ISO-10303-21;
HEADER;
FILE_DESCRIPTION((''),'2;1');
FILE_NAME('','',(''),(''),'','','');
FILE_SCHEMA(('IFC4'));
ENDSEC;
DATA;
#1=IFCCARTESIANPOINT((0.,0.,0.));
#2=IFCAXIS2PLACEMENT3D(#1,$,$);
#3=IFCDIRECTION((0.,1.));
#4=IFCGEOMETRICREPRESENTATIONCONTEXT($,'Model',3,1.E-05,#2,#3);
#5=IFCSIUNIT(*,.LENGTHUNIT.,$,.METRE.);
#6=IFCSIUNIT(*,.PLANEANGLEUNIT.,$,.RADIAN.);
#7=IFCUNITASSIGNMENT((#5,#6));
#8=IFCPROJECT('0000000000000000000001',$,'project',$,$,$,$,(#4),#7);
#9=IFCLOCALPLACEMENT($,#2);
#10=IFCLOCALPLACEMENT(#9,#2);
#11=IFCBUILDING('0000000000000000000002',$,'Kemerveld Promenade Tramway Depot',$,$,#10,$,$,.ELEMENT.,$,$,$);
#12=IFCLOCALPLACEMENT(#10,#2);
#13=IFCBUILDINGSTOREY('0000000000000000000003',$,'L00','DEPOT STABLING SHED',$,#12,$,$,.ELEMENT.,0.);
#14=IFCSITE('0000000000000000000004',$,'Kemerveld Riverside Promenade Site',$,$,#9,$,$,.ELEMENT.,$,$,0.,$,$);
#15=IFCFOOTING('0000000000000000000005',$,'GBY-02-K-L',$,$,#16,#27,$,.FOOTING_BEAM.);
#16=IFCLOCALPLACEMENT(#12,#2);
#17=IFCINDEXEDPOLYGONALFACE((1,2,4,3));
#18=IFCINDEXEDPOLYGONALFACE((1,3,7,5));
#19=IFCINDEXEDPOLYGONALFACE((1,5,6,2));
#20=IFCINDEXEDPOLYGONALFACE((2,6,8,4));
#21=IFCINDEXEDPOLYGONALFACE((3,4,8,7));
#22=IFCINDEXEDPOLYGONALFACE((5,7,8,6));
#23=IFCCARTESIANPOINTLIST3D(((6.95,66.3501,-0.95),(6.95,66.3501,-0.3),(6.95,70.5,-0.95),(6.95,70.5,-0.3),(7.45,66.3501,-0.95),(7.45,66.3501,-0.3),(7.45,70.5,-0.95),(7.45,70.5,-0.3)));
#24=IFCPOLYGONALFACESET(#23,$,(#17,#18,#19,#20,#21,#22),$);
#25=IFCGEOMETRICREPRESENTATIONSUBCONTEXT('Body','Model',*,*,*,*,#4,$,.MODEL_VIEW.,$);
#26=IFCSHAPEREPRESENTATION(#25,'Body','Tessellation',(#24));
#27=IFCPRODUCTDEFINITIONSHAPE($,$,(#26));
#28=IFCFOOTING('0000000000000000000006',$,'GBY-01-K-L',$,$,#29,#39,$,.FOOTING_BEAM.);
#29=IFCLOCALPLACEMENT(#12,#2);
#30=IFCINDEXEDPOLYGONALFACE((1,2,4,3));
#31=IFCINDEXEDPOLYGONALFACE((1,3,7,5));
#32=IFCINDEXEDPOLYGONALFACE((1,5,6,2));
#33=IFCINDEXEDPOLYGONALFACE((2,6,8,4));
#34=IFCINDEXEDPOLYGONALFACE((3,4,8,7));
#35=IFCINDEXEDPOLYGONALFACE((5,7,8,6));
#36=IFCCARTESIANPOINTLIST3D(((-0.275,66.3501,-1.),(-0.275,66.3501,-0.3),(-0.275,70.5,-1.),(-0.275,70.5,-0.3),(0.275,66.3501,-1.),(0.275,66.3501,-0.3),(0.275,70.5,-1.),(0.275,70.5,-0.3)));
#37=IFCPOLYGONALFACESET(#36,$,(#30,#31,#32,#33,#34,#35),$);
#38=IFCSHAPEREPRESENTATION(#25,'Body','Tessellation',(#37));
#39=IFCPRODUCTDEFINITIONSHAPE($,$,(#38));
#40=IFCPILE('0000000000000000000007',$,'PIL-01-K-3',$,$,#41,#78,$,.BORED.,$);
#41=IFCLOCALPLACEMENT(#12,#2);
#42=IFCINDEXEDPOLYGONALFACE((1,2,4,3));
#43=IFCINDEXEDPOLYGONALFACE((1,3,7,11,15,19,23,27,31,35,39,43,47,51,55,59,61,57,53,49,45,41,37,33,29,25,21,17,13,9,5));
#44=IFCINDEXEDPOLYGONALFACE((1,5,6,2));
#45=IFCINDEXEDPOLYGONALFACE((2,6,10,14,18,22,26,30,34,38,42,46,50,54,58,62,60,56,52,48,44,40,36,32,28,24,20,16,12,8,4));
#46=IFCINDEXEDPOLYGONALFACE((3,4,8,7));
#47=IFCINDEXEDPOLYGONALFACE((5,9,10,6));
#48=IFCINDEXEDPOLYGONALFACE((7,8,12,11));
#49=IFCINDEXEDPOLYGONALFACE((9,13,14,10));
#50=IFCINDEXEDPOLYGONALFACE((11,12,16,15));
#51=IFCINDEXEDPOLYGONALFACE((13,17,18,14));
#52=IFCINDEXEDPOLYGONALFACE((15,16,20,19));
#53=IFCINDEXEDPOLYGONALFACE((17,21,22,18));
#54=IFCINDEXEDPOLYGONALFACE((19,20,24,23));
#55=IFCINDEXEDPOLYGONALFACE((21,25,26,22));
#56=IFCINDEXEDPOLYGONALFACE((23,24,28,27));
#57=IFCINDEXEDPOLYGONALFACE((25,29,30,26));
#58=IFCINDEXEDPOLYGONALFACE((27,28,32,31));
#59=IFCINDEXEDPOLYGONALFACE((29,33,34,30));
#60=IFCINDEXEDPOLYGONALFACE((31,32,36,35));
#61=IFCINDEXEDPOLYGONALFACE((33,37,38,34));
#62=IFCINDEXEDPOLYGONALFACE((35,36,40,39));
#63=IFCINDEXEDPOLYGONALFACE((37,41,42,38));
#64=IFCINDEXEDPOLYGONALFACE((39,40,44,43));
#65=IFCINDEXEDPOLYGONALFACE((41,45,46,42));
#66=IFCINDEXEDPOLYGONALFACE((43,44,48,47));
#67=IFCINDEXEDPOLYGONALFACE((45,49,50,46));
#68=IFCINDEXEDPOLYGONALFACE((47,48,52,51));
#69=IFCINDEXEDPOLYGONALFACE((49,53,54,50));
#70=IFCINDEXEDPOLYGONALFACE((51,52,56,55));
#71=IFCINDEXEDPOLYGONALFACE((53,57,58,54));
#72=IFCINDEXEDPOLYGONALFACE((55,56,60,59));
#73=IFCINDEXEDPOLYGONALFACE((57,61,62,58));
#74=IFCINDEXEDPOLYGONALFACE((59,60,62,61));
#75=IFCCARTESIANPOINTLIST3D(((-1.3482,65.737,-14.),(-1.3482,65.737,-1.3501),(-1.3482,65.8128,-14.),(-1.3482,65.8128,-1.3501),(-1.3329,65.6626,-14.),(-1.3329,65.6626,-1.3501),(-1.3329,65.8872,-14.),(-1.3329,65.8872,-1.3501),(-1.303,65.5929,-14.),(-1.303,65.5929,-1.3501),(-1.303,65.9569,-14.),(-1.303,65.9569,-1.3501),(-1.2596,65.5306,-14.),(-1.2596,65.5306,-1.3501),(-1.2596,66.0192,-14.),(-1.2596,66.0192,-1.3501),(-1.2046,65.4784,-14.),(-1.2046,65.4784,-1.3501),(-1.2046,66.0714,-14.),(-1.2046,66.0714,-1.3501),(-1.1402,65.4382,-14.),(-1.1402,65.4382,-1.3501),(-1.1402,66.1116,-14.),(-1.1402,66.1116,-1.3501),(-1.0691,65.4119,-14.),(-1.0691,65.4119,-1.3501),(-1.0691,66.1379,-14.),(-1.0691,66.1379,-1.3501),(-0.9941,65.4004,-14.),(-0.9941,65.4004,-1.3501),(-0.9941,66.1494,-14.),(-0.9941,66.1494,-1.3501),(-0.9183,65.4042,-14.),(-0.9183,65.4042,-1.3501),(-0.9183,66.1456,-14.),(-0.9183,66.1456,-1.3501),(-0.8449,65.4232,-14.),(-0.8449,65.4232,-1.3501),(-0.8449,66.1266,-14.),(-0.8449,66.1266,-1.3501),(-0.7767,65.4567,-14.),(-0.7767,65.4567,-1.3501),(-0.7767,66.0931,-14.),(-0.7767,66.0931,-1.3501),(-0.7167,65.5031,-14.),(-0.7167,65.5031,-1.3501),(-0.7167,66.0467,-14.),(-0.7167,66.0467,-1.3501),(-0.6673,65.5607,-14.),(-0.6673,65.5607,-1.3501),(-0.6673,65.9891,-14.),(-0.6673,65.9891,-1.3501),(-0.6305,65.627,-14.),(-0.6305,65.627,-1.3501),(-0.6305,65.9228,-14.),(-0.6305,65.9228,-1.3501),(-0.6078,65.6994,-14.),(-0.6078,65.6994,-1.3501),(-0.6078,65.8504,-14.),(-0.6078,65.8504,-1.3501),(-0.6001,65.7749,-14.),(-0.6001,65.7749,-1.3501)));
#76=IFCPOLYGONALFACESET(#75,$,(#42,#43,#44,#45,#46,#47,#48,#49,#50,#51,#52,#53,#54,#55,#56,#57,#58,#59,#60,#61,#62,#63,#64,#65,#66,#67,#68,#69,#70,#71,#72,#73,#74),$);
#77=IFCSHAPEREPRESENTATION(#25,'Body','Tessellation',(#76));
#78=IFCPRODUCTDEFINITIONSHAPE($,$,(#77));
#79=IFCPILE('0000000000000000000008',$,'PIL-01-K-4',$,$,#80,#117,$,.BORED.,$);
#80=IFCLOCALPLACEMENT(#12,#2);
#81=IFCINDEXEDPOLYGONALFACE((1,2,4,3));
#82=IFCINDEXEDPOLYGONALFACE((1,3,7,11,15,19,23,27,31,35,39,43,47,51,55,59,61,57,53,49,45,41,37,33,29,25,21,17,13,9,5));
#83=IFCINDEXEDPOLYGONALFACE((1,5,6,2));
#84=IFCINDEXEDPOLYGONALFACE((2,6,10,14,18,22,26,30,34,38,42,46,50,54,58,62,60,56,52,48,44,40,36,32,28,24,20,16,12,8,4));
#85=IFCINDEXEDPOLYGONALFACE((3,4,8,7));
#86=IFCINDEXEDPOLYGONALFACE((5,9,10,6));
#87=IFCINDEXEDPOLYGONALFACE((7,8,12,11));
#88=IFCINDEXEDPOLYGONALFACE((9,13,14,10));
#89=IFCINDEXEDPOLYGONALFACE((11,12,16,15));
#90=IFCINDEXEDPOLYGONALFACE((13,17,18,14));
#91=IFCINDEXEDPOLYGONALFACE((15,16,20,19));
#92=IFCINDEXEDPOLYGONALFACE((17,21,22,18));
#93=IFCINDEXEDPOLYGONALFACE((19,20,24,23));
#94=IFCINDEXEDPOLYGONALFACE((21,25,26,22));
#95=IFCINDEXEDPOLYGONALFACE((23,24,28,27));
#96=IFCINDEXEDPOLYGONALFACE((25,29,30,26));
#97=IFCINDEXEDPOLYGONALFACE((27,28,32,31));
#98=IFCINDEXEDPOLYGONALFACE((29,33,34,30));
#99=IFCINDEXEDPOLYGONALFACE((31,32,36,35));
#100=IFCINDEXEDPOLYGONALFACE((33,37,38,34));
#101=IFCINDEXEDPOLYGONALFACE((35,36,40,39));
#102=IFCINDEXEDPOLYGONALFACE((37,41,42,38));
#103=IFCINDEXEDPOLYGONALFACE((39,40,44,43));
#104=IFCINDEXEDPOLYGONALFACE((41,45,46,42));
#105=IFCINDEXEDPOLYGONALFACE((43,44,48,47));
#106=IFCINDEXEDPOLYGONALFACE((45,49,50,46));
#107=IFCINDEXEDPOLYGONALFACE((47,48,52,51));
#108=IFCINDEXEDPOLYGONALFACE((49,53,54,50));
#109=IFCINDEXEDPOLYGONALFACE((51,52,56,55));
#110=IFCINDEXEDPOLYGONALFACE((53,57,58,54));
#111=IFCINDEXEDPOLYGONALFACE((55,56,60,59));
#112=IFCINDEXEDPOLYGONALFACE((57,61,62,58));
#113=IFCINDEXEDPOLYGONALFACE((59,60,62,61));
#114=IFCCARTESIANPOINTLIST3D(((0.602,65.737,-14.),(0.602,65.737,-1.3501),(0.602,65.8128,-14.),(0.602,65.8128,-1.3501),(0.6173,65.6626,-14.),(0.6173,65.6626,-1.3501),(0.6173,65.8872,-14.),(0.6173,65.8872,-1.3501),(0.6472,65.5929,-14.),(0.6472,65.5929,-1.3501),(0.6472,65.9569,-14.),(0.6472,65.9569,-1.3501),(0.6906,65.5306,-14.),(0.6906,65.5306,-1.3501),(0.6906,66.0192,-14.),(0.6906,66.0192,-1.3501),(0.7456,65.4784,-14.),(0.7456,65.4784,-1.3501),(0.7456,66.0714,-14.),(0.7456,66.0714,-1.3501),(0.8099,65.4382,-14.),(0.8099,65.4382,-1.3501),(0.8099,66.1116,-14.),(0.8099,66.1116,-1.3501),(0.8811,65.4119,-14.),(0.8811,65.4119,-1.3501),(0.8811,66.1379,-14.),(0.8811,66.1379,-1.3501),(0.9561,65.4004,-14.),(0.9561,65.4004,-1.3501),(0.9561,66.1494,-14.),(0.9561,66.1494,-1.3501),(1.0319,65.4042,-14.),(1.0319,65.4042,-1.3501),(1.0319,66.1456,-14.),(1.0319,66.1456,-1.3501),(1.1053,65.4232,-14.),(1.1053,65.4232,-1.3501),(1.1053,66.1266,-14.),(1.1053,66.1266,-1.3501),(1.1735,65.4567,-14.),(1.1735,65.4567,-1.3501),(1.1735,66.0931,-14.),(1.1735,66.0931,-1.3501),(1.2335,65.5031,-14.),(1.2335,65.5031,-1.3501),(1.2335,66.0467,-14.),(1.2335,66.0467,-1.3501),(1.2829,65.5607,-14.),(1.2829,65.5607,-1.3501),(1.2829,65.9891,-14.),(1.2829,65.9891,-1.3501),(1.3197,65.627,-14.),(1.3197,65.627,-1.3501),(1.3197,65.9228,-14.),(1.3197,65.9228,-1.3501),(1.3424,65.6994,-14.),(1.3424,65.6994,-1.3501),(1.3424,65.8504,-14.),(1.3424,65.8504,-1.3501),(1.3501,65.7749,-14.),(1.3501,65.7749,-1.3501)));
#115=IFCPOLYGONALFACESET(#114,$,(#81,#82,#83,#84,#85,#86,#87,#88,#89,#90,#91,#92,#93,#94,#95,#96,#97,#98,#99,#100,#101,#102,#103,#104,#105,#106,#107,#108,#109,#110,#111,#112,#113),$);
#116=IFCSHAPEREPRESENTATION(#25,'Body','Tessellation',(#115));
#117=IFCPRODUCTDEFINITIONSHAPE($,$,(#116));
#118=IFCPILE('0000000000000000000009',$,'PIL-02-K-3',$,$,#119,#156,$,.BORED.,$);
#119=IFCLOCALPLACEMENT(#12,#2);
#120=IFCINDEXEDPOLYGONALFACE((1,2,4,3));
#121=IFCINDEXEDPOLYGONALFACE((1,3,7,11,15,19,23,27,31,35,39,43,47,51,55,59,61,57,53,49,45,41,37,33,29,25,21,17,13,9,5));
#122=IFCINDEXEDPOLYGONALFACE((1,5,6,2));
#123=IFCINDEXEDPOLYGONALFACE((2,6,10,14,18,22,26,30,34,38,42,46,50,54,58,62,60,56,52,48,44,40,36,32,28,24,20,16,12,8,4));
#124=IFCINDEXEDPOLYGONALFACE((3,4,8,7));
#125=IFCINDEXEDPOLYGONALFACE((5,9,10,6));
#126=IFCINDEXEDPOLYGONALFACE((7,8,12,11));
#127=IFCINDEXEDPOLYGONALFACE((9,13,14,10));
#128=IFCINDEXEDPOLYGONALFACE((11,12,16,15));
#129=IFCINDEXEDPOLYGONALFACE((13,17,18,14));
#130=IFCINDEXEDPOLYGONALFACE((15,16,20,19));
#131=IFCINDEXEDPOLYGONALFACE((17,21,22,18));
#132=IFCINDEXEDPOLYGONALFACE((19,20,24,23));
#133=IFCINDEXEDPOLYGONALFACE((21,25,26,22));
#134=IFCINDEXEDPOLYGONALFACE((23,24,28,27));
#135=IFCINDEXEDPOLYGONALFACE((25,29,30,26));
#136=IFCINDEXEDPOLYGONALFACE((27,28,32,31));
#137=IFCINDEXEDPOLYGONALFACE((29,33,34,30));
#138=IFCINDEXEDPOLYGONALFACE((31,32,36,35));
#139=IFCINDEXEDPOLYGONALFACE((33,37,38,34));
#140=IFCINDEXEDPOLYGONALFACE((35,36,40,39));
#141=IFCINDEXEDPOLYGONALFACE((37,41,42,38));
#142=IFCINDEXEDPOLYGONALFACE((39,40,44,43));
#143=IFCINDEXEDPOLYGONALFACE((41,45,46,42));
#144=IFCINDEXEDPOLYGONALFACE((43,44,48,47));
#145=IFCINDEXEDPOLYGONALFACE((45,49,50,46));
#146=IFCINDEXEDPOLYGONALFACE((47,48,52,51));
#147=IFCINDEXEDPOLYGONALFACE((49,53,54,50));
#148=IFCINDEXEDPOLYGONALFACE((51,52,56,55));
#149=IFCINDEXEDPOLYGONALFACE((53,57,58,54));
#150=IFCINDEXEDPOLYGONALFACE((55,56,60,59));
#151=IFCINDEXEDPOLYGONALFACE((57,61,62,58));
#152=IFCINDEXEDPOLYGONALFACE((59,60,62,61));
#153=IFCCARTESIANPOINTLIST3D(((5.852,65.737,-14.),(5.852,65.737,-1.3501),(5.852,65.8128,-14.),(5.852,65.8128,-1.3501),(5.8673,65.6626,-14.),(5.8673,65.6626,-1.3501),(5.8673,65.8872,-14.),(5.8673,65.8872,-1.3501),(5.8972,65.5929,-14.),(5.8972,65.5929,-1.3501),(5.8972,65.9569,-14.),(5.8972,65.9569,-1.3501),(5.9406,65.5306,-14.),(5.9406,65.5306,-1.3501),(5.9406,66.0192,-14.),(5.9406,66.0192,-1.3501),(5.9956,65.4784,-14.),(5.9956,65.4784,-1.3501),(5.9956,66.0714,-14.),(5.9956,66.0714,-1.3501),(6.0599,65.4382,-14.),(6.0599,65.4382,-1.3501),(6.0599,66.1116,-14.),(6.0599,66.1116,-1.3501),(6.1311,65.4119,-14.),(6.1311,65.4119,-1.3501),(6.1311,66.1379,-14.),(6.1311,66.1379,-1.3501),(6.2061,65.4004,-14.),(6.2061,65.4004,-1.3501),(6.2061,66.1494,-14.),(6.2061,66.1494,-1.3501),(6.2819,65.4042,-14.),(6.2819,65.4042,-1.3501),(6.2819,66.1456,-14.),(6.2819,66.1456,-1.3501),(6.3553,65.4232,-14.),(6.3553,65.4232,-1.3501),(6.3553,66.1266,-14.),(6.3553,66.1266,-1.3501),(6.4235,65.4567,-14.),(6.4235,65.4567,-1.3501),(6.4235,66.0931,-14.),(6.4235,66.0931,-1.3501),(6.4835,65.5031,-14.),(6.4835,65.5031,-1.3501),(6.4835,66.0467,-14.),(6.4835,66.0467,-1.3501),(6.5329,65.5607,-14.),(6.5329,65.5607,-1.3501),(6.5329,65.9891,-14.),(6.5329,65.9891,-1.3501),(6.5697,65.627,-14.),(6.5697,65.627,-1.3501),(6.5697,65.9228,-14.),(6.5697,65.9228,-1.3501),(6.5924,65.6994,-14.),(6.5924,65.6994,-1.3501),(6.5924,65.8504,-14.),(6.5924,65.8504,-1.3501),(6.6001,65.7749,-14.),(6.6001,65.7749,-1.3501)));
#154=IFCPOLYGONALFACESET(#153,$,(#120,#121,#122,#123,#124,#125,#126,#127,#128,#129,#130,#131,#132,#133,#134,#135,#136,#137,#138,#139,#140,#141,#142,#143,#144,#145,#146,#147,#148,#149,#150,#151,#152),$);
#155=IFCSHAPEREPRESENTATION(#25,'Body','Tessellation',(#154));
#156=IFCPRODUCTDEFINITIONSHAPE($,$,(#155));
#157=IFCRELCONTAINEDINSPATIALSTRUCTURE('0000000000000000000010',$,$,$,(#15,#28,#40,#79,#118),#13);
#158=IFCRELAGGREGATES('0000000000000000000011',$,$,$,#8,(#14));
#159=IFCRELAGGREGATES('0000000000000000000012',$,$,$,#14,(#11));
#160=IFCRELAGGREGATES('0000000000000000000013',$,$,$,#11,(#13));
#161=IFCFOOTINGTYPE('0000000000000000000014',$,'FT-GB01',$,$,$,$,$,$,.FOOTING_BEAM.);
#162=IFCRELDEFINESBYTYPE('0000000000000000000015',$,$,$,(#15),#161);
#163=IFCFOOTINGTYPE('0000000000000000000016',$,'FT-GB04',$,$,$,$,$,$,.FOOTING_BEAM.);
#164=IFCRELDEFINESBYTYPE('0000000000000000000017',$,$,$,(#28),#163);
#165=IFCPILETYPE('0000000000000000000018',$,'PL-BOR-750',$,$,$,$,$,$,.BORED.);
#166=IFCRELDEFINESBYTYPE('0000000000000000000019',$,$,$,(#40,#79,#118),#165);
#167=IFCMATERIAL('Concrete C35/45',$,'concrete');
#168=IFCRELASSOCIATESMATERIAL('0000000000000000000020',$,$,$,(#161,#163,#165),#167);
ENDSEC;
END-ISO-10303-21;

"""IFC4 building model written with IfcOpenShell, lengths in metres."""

from ifc_helpers import new_model, si_unit, direction, frame, origin, origin_2d, place, context, subcontext, project, spatial, rectangle, circle, extrude, material, material_profile, profile_set, type_object, element, save


model = new_model("IFC4")

# Units and contexts
model_context = context("Model", 3, precision=1e-05, world=origin(), true_north=direction((0.0, 1.0)))
body_context = subcontext(model_context, "Body", "Model", "MODEL_VIEW")
ifc_project = project(units=[si_unit("LENGTHUNIT", "METRE"), si_unit("PLANEANGLEUNIT", "RADIAN")], contexts=[model_context])

# Site, building, storey
site_placement = place(None, origin())
site = spatial("IfcSite", under=ifc_project, at=site_placement, Name="Kemerveld Riverside Promenade Site", CompositionType="ELEMENT", RefElevation=0.0)
building_placement = place(site_placement, origin())
building = spatial("IfcBuilding", under=site, at=building_placement, Name="Kemerveld Promenade Tramway Depot", CompositionType="ELEMENT")
storey_placement = place(building_placement, origin())
storey = spatial("IfcBuildingStorey", under=building, at=storey_placement, Name="L00", Description="DEPOT STABLING SHED", CompositionType="ELEMENT", Elevation=0.0)

# Footings
ifc_material_1 = material(Name="Concrete C35/45", Category="concrete")
footing_type_1 = type_object("IfcFootingType", Name="FT-GB01", PredefinedType="FOOTING_BEAM", material=ifc_material_1)
footing_1_placement = place(storey_placement, frame((7.2, 68.425, -0.95), z_axis=(0.0, 0.0, 1.0), x_axis=(0.0, 1.0, 0.0)))
element("IfcFooting", 1, at=footing_1_placement, inside=storey, type_object=footing_type_1, Name="GBY-02-K-L", PredefinedType="FOOTING_BEAM", context=body_context, shape_type="SweptSolid", body=[
    extrude(rectangle(XDim=4.1499, YDim=0.5, at=origin_2d()), origin(), (0.0, 0.0, 1.0), 0.6499),
])
footing_type_2 = type_object("IfcFootingType", Name="FT-GB04", PredefinedType="FOOTING_BEAM", material=ifc_material_1)
footing_2_placement = place(storey_placement, frame((0.0, 68.425, -1.0), z_axis=(0.0, 0.0, 1.0), x_axis=(0.0, 1.0, 0.0)))
element("IfcFooting", 2, at=footing_2_placement, inside=storey, type_object=footing_type_2, Name="GBY-01-K-L", PredefinedType="FOOTING_BEAM", context=body_context, shape_type="SweptSolid", body=[
    extrude(rectangle(XDim=4.1499, YDim=0.55, at=origin_2d()), origin(), (0.0, 0.0, 1.0), 0.7),
])

# Piles
ifc_material_profile_1 = material_profile(ifc_material_1, circle(Radius=0.375, at=origin_2d()), Name="PILE-D750")
ifc_profile_set_1 = profile_set([ifc_material_profile_1], Name="Concrete C35/45")
pile_type = type_object("IfcPileType", Name="PL-BOR-750", PredefinedType="BORED", material=ifc_profile_set_1)
for number, where, z_axis, x_axis, name in (
    (3, (-0.9751, 65.7749, -1.3501), (0.0, 0.0, -1.0), (1.0, 0.0, 0.0), "PIL-01-K-3"),
    (4, (0.9751, 65.7749, -1.3501), (0.0, 0.0, -1.0), (1.0, 0.0, 0.0), "PIL-01-K-4"),
    (5, (6.2251, 65.7749, -1.3501), (0.0, 0.0, -1.0), (1.0, 0.0, 0.0), "PIL-02-K-3"),
):
    element("IfcPile", number, at=place(storey_placement, frame(where, z_axis=z_axis, x_axis=x_axis)), inside=storey, type_object=pile_type, Name=name, PredefinedType="BORED", context=body_context, shape_type="SweptSolid", body=[
        extrude(circle(Radius=0.375, at=origin_2d()), origin(), (0.0, 0.0, 1.0), 12.6499),
    ])

save(model, "model.ifc")
